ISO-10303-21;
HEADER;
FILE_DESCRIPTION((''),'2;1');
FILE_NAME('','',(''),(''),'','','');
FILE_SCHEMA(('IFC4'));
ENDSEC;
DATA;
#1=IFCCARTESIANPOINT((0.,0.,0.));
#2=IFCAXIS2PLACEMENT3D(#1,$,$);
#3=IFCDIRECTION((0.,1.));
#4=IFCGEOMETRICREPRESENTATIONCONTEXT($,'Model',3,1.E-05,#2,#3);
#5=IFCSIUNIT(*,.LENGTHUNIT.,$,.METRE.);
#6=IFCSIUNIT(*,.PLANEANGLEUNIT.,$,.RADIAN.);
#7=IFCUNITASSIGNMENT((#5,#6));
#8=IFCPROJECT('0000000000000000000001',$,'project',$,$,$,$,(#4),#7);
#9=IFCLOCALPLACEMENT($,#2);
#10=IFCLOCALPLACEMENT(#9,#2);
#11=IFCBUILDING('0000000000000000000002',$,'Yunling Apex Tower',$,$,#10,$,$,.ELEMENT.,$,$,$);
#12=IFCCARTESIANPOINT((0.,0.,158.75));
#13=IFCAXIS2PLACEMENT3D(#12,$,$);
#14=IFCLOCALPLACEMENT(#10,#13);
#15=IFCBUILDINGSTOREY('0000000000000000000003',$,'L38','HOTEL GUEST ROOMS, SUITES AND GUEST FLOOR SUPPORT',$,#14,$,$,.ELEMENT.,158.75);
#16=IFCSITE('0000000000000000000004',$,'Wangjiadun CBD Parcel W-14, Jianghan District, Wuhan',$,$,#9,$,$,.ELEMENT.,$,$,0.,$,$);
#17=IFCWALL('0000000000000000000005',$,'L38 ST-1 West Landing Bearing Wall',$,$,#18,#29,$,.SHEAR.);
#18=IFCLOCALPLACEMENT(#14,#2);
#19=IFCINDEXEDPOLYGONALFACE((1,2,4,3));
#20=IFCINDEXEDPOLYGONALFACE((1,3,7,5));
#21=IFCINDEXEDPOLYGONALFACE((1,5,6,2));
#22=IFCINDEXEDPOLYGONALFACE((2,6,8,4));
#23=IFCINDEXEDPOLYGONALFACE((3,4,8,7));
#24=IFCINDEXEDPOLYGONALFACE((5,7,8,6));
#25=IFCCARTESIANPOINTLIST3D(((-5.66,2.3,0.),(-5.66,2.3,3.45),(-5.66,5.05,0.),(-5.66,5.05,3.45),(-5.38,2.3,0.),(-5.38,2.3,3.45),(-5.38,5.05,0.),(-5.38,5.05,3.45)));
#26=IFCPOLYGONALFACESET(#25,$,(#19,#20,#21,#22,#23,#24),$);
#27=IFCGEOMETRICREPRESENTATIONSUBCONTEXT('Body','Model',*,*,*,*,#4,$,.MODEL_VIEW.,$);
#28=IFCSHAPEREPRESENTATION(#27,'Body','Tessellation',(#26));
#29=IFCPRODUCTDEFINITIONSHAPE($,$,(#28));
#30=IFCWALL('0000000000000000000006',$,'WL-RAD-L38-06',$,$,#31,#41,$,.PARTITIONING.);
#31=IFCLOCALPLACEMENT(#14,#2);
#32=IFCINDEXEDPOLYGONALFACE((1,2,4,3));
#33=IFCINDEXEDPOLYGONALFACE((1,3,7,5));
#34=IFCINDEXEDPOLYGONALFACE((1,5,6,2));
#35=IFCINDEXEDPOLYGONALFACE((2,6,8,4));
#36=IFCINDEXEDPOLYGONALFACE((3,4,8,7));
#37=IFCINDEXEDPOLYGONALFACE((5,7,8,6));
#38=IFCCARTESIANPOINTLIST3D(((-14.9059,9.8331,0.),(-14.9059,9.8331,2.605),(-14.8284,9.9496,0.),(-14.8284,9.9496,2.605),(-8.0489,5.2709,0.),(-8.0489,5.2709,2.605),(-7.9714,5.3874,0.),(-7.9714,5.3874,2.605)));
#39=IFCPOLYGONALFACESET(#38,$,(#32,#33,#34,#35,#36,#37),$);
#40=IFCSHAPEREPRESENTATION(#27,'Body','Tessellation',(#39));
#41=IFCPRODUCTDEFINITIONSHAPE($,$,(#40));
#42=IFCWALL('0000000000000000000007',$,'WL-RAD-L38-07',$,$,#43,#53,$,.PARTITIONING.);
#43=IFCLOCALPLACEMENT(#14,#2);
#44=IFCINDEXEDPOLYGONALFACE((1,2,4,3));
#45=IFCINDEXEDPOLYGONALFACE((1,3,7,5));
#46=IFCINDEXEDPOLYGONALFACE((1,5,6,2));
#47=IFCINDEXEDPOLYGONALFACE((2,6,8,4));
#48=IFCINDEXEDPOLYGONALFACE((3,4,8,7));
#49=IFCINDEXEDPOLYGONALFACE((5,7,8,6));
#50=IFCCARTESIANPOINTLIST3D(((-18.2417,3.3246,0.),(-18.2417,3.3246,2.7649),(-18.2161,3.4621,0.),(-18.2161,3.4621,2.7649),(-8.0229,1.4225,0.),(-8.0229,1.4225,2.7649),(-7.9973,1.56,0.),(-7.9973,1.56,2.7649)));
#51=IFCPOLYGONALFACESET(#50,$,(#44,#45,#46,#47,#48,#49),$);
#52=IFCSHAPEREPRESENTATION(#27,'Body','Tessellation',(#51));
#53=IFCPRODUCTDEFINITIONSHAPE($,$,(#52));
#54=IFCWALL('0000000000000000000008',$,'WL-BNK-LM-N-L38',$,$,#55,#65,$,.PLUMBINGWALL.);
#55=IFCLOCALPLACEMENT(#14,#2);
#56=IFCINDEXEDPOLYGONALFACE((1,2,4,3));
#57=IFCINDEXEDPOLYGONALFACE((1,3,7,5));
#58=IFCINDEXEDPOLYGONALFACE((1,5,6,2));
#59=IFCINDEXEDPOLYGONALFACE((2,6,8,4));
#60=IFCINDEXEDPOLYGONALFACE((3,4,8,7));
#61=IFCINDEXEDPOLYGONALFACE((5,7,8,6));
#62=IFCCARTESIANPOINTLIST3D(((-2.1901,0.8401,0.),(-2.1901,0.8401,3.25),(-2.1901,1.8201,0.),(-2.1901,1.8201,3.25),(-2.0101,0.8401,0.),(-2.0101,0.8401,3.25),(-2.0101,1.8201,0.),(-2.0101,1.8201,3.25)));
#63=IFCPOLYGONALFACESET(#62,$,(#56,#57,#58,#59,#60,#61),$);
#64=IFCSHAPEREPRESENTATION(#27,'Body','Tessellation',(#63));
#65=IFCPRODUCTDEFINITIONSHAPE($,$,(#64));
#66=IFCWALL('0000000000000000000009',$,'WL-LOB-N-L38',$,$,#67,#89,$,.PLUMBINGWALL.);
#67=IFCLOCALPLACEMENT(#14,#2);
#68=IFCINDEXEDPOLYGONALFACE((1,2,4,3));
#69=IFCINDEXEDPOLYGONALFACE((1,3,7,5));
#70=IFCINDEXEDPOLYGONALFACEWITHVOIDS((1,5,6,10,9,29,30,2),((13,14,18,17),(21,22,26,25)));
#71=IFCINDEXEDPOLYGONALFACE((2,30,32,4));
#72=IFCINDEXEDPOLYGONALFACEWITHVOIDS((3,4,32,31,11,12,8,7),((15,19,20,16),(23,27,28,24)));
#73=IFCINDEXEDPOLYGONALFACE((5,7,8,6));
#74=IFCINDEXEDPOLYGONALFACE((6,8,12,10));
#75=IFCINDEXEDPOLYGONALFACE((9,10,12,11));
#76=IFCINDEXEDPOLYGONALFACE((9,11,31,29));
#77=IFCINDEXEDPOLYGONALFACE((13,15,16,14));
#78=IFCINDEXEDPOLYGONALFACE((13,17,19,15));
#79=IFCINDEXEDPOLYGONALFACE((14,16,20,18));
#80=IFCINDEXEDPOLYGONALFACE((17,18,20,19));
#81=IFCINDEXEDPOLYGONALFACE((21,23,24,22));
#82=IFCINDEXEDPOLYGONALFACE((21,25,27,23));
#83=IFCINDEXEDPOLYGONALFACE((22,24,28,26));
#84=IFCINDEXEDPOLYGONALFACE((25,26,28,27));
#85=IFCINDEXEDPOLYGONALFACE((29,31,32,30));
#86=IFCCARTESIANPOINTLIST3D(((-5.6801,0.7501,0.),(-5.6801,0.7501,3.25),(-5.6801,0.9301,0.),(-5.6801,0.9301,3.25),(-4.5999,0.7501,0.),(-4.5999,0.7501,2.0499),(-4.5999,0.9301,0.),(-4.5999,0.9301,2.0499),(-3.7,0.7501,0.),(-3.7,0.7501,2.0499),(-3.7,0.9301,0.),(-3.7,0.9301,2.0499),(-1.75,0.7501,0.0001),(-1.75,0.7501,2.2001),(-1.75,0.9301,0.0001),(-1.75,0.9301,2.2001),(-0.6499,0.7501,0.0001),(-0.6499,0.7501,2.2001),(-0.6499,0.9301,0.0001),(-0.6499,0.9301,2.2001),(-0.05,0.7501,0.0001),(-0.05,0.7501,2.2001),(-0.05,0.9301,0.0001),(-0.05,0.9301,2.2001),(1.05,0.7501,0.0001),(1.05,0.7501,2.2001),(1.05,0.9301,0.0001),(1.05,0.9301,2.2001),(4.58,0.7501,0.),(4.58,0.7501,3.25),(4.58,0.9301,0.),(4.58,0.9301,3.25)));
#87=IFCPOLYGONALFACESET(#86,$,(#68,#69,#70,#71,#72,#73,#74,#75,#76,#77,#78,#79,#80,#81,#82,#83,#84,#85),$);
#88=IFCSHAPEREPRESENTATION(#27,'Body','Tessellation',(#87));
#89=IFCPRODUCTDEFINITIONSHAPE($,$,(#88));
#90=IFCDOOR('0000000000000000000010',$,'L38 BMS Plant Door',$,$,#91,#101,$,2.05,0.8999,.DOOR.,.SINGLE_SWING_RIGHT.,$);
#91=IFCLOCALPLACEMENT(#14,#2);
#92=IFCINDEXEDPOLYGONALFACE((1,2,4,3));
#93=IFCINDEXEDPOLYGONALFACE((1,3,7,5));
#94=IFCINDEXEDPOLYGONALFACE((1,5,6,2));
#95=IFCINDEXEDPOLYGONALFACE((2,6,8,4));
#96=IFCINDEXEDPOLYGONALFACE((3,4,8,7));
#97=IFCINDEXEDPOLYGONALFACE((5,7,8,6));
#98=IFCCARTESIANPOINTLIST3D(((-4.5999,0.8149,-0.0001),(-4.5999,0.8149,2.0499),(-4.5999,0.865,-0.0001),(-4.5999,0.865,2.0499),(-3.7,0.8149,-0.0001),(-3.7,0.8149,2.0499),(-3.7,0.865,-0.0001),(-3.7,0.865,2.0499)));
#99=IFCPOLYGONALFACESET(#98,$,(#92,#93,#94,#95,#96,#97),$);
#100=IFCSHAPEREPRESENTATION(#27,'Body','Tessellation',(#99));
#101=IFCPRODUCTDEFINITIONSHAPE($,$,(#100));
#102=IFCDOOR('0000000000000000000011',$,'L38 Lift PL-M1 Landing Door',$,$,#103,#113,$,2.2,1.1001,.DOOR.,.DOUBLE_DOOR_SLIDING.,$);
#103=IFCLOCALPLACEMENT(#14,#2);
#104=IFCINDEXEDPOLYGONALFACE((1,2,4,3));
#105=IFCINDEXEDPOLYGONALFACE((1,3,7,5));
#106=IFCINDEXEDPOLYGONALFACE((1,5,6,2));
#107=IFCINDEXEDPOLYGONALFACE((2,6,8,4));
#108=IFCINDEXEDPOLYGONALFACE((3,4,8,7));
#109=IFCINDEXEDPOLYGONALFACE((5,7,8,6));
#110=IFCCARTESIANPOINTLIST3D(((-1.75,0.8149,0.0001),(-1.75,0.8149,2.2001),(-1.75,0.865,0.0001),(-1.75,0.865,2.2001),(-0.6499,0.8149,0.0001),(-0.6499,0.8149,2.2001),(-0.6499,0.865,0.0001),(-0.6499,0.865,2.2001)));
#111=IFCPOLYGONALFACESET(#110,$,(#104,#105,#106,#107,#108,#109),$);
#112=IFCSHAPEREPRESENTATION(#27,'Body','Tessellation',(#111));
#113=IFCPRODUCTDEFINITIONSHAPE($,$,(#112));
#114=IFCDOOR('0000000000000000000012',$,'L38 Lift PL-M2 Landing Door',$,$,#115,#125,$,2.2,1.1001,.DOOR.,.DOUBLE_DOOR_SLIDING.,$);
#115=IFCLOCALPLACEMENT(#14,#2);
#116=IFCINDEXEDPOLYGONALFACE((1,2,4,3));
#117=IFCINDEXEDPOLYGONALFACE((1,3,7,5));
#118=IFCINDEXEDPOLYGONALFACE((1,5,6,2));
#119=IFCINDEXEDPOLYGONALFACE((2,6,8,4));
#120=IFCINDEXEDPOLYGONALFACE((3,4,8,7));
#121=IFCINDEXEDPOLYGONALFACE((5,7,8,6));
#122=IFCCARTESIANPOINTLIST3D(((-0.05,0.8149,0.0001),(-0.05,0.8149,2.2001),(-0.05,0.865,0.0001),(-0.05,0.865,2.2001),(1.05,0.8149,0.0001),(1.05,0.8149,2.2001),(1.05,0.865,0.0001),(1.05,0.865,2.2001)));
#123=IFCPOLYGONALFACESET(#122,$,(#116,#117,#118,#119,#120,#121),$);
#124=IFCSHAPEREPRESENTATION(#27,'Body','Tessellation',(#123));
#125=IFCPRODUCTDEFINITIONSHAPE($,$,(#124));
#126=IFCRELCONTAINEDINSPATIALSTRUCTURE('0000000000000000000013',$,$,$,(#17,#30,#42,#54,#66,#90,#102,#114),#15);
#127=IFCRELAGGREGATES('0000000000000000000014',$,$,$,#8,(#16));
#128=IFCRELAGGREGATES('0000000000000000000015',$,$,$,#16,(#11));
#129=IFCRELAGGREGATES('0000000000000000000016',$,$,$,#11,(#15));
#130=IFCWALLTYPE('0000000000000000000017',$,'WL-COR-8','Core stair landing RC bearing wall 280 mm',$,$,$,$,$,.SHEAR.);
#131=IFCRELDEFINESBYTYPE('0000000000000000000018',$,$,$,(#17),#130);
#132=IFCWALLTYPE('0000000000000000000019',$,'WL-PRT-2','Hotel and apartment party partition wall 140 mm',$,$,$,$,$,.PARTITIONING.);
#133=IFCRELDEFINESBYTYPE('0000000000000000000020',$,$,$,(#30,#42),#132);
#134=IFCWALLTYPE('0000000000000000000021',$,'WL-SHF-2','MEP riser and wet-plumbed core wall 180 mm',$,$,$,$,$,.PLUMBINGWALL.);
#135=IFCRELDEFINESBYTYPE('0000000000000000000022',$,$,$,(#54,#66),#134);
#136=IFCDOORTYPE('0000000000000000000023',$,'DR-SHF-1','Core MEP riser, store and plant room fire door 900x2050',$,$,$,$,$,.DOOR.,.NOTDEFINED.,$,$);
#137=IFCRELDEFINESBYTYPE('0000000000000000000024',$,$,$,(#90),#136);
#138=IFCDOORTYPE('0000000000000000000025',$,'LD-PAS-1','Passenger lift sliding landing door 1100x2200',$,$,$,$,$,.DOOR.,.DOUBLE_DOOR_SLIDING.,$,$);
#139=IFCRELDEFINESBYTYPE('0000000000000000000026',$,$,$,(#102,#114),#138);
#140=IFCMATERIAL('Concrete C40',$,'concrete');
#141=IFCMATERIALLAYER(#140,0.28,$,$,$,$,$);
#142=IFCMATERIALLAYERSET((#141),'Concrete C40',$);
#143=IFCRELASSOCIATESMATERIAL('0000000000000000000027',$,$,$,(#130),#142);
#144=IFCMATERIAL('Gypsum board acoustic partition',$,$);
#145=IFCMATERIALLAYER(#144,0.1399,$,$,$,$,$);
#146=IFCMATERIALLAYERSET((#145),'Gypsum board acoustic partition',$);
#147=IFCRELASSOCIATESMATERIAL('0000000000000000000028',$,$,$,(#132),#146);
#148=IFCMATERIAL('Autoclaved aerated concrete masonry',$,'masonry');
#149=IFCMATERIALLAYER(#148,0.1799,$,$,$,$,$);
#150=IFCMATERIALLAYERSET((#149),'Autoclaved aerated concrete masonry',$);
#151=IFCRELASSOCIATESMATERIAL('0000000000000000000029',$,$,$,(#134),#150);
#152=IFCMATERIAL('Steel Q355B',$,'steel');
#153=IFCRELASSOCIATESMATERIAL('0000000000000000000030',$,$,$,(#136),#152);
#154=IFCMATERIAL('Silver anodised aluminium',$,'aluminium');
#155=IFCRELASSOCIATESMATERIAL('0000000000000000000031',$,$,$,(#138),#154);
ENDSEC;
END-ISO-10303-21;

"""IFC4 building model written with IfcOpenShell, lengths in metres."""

from ifc_helpers import new_model, si_unit, direction, frame, frame_2d, origin, place, context, subcontext, project, spatial, rectangle, extrude, material, layer, layer_set, type_object, element, fill, save


model = new_model("IFC4")

# Units and contexts
model_context = context("Model", 3, precision=1e-05, world=origin(), true_north=direction((0.0, 1.0)))
body_context = subcontext(model_context, "Body", "Model", "MODEL_VIEW")
ifc_project = project(units=[si_unit("LENGTHUNIT", "METRE"), si_unit("PLANEANGLEUNIT", "RADIAN")], contexts=[model_context])

# Site, building, storey
site_placement = place(None, origin())
site = spatial("IfcSite", under=ifc_project, at=site_placement, Name="Wangjiadun CBD Parcel W-14, Jianghan District, Wuhan", CompositionType="ELEMENT", RefElevation=0.0)
building_placement = place(site_placement, origin())
building = spatial("IfcBuilding", under=site, at=building_placement, Name="Yunling Apex Tower", CompositionType="ELEMENT")
storey_placement = place(building_placement, frame((0.0, 0.0, 158.75)))
storey = spatial("IfcBuildingStorey", under=building, at=storey_placement, Name="L38", Description="HOTEL GUEST ROOMS, SUITES AND GUEST FLOOR SUPPORT", CompositionType="ELEMENT", Elevation=158.75)

# Shared definitions
ifc_material_1 = material(Name="Steel Q355B", Category="steel")

# Walls
ifc_material_2 = material(Name="Concrete C40", Category="concrete")
ifc_layer_1 = layer(ifc_material_2, 0.28)
ifc_layer_set_1 = layer_set([ifc_layer_1], Name="Concrete C40")
wall_type_1 = type_object("IfcWallType", Name="WL-COR-8", Description="Core stair landing RC bearing wall 280 mm", PredefinedType="SHEAR", material=ifc_layer_set_1)
wall_1_placement = place(storey_placement, frame((-5.52, 2.3, 0.0), z_axis=(0.0, 0.0, 1.0), x_axis=(0.0, 1.0, 0.0)))
element("IfcWall", 1, at=wall_1_placement, inside=storey, type_object=wall_type_1, Name="L38 ST-1 West Landing Bearing Wall", PredefinedType="SHEAR", context=body_context, shape_type="SweptSolid", body=[
    extrude(rectangle(XDim=2.75, YDim=0.28, at=frame_2d((1.375, 0.0))), origin(), (0.0, 0.0, 1.0), 3.45),
])
ifc_material_3 = material(Name="Gypsum board acoustic partition")
ifc_layer_2 = layer(ifc_material_3, 0.1399)
ifc_layer_set_2 = layer_set([ifc_layer_2], Name="Gypsum board acoustic partition")
wall_type_2 = type_object("IfcWallType", Name="WL-PRT-2", Description="Hotel and apartment party partition wall 140 mm", PredefinedType="PARTITIONING", material=ifc_layer_set_2)
wall_2_placement = place(storey_placement, frame((-8.01, 5.3291, 0.0), z_axis=(0.0, 0.0, 1.0), x_axis=(-0.832565, 0.553927, 0.0)))
element("IfcWall", 2, at=wall_2_placement, inside=storey, type_object=wall_type_2, Name="WL-RAD-L38-06", PredefinedType="PARTITIONING", context=body_context, shape_type="SweptSolid", body=[
    extrude(rectangle(XDim=8.2361, YDim=0.1399, at=frame_2d((4.1182, 0.0))), origin(), (0.0, 0.0, 1.0), 2.605),
])
wall_3_placement = place(storey_placement, frame((-8.01, 1.4912, 0.0), z_axis=(0.0, 0.0, 1.0), x_axis=(-0.983114, 0.182995, 0.0)))
element("IfcWall", 3, at=wall_3_placement, inside=storey, type_object=wall_type_2, Name="WL-RAD-L38-07", PredefinedType="PARTITIONING", context=body_context, shape_type="SweptSolid", body=[
    extrude(rectangle(XDim=10.3943, YDim=0.1399, at=frame_2d((5.1973, 0.0))), origin(), (0.0, 0.0, 1.0), 2.7649),
])
ifc_material_4 = material(Name="Autoclaved aerated concrete masonry", Category="masonry")
ifc_layer_3 = layer(ifc_material_4, 0.1799)
ifc_layer_set_3 = layer_set([ifc_layer_3], Name="Autoclaved aerated concrete masonry")
wall_type_3 = type_object("IfcWallType", Name="WL-SHF-2", Description="MEP riser and wet-plumbed core wall 180 mm", PredefinedType="PLUMBINGWALL", material=ifc_layer_set_3)
wall_4_placement = place(storey_placement, frame((-2.1001, 0.8401, 0.0), z_axis=(0.0, 0.0, 1.0), x_axis=(0.0, 1.0, 0.0)))
element("IfcWall", 4, at=wall_4_placement, inside=storey, type_object=wall_type_3, Name="WL-BNK-LM-N-L38", PredefinedType="PLUMBINGWALL", context=body_context, shape_type="SweptSolid", body=[
    extrude(rectangle(XDim=0.98, YDim=0.1799, at=frame_2d((0.49, 0.0))), origin(), (0.0, 0.0, 1.0), 3.25),
])

# Wall, openings, doors
wall_5_placement = place(storey_placement, frame((-5.6799, 0.8401, 0.0), z_axis=(0.0, 0.0, 1.0), x_axis=(1.0, 0.0, 0.0)))
wall_5 = element("IfcWall", 5, at=wall_5_placement, inside=storey, type_object=wall_type_3, Name="WL-LOB-N-L38", PredefinedType="PLUMBINGWALL", context=body_context, shape_type="SweptSolid", body=[
    extrude(rectangle(XDim=10.26, YDim=0.1799, at=frame_2d((5.1299, 0.0))), origin(), (0.0, 0.0, 1.0), 3.25),
])
opening_1_placement = place(wall_5_placement, frame((1.0801, 0.0, 0.0)))
opening_1 = element("IfcOpeningElement", 6, at=opening_1_placement, cuts=wall_5, PredefinedType="OPENING", context=body_context, shape_type="SweptSolid", body=[
    extrude(rectangle(XDim=0.8999, YDim=2.05, at=frame_2d((0.45, 1.0249))), frame((0.0, 0.1001, 0.0), z_axis=(0.0, -1.0, 0.0), x_axis=(1.0, 0.0, 0.0)), (0.0, 0.0, 1.0), 0.2),
])
opening_2_placement = place(wall_5_placement, frame((3.9299, 0.0, 0.0)))
opening_2 = element("IfcOpeningElement", 7, at=opening_2_placement, cuts=wall_5, PredefinedType="OPENING", context=body_context, shape_type="SweptSolid", body=[
    extrude(rectangle(XDim=1.1001, YDim=2.2, at=frame_2d((0.55, 1.1001))), frame((0.0, 0.1001, 0.0), z_axis=(0.0, -1.0, 0.0), x_axis=(1.0, 0.0, 0.0)), (0.0, 0.0, 1.0), 0.2),
])
opening_3_placement = place(wall_5_placement, frame((5.6299, 0.0, 0.0)))
opening_3 = element("IfcOpeningElement", 8, at=opening_3_placement, cuts=wall_5, PredefinedType="OPENING", context=body_context, shape_type="SweptSolid", body=[
    extrude(rectangle(XDim=1.1001, YDim=2.2, at=frame_2d((0.55, 1.1001))), frame((0.0, 0.1001, 0.0), z_axis=(0.0, -1.0, 0.0), x_axis=(1.0, 0.0, 0.0)), (0.0, 0.0, 1.0), 0.2),
])
door_type_1 = type_object("IfcDoorType", Name="DR-SHF-1", Description="Core MEP riser, store and plant room fire door 900x2050", OperationType="NOTDEFINED", PredefinedType="DOOR", material=ifc_material_1)
door_1_placement = place(opening_1_placement, origin())
door_1 = element("IfcDoor", 9, at=door_1_placement, inside=storey, type_object=door_type_1, Name="L38 BMS Plant Door", OperationType="SINGLE_SWING_RIGHT", OverallHeight=2.05, OverallWidth=0.8999, PredefinedType="DOOR", context=body_context, shape_type="SweptSolid", body=[
    extrude(rectangle(XDim=0.8999, YDim=2.05, at=frame_2d((0.45, 1.0249))), frame((0.0, 0.0249, 0.0), z_axis=(0.0, -1.0, 0.0), x_axis=(1.0, 0.0, 0.0)), (0.0, 0.0, 1.0), 0.05),
])
fill(opening_1, door_1)
ifc_material_5 = material(Name="Silver anodised aluminium", Category="aluminium")
door_type_2 = type_object("IfcDoorType", Name="LD-PAS-1", Description="Passenger lift sliding landing door 1100x2200", OperationType="DOUBLE_DOOR_SLIDING", PredefinedType="DOOR", material=ifc_material_5)
door_2_placement = place(opening_2_placement, origin())
door_2 = element("IfcDoor", 10, at=door_2_placement, inside=storey, type_object=door_type_2, Name="L38 Lift PL-M1 Landing Door", OperationType="DOUBLE_DOOR_SLIDING", OverallHeight=2.2, OverallWidth=1.1001, PredefinedType="DOOR", context=body_context, shape_type="SweptSolid", body=[
    extrude(rectangle(XDim=1.1001, YDim=2.2, at=frame_2d((0.55, 1.1001))), frame((0.0, 0.0249, 0.0), z_axis=(0.0, -1.0, 0.0), x_axis=(1.0, 0.0, 0.0)), (0.0, 0.0, 1.0), 0.05),
])
fill(opening_2, door_2)
door_3_placement = place(opening_3_placement, origin())
door_3 = element("IfcDoor", 11, at=door_3_placement, inside=storey, type_object=door_type_2, Name="L38 Lift PL-M2 Landing Door", OperationType="DOUBLE_DOOR_SLIDING", OverallHeight=2.2, OverallWidth=1.1001, PredefinedType="DOOR", context=body_context, shape_type="SweptSolid", body=[
    extrude(rectangle(XDim=1.1001, YDim=2.2, at=frame_2d((0.55, 1.1001))), frame((0.0, 0.0249, 0.0), z_axis=(0.0, -1.0, 0.0), x_axis=(1.0, 0.0, 0.0)), (0.0, 0.0, 1.0), 0.05),
])
fill(opening_3, door_3)

save(model, "model.ifc")
